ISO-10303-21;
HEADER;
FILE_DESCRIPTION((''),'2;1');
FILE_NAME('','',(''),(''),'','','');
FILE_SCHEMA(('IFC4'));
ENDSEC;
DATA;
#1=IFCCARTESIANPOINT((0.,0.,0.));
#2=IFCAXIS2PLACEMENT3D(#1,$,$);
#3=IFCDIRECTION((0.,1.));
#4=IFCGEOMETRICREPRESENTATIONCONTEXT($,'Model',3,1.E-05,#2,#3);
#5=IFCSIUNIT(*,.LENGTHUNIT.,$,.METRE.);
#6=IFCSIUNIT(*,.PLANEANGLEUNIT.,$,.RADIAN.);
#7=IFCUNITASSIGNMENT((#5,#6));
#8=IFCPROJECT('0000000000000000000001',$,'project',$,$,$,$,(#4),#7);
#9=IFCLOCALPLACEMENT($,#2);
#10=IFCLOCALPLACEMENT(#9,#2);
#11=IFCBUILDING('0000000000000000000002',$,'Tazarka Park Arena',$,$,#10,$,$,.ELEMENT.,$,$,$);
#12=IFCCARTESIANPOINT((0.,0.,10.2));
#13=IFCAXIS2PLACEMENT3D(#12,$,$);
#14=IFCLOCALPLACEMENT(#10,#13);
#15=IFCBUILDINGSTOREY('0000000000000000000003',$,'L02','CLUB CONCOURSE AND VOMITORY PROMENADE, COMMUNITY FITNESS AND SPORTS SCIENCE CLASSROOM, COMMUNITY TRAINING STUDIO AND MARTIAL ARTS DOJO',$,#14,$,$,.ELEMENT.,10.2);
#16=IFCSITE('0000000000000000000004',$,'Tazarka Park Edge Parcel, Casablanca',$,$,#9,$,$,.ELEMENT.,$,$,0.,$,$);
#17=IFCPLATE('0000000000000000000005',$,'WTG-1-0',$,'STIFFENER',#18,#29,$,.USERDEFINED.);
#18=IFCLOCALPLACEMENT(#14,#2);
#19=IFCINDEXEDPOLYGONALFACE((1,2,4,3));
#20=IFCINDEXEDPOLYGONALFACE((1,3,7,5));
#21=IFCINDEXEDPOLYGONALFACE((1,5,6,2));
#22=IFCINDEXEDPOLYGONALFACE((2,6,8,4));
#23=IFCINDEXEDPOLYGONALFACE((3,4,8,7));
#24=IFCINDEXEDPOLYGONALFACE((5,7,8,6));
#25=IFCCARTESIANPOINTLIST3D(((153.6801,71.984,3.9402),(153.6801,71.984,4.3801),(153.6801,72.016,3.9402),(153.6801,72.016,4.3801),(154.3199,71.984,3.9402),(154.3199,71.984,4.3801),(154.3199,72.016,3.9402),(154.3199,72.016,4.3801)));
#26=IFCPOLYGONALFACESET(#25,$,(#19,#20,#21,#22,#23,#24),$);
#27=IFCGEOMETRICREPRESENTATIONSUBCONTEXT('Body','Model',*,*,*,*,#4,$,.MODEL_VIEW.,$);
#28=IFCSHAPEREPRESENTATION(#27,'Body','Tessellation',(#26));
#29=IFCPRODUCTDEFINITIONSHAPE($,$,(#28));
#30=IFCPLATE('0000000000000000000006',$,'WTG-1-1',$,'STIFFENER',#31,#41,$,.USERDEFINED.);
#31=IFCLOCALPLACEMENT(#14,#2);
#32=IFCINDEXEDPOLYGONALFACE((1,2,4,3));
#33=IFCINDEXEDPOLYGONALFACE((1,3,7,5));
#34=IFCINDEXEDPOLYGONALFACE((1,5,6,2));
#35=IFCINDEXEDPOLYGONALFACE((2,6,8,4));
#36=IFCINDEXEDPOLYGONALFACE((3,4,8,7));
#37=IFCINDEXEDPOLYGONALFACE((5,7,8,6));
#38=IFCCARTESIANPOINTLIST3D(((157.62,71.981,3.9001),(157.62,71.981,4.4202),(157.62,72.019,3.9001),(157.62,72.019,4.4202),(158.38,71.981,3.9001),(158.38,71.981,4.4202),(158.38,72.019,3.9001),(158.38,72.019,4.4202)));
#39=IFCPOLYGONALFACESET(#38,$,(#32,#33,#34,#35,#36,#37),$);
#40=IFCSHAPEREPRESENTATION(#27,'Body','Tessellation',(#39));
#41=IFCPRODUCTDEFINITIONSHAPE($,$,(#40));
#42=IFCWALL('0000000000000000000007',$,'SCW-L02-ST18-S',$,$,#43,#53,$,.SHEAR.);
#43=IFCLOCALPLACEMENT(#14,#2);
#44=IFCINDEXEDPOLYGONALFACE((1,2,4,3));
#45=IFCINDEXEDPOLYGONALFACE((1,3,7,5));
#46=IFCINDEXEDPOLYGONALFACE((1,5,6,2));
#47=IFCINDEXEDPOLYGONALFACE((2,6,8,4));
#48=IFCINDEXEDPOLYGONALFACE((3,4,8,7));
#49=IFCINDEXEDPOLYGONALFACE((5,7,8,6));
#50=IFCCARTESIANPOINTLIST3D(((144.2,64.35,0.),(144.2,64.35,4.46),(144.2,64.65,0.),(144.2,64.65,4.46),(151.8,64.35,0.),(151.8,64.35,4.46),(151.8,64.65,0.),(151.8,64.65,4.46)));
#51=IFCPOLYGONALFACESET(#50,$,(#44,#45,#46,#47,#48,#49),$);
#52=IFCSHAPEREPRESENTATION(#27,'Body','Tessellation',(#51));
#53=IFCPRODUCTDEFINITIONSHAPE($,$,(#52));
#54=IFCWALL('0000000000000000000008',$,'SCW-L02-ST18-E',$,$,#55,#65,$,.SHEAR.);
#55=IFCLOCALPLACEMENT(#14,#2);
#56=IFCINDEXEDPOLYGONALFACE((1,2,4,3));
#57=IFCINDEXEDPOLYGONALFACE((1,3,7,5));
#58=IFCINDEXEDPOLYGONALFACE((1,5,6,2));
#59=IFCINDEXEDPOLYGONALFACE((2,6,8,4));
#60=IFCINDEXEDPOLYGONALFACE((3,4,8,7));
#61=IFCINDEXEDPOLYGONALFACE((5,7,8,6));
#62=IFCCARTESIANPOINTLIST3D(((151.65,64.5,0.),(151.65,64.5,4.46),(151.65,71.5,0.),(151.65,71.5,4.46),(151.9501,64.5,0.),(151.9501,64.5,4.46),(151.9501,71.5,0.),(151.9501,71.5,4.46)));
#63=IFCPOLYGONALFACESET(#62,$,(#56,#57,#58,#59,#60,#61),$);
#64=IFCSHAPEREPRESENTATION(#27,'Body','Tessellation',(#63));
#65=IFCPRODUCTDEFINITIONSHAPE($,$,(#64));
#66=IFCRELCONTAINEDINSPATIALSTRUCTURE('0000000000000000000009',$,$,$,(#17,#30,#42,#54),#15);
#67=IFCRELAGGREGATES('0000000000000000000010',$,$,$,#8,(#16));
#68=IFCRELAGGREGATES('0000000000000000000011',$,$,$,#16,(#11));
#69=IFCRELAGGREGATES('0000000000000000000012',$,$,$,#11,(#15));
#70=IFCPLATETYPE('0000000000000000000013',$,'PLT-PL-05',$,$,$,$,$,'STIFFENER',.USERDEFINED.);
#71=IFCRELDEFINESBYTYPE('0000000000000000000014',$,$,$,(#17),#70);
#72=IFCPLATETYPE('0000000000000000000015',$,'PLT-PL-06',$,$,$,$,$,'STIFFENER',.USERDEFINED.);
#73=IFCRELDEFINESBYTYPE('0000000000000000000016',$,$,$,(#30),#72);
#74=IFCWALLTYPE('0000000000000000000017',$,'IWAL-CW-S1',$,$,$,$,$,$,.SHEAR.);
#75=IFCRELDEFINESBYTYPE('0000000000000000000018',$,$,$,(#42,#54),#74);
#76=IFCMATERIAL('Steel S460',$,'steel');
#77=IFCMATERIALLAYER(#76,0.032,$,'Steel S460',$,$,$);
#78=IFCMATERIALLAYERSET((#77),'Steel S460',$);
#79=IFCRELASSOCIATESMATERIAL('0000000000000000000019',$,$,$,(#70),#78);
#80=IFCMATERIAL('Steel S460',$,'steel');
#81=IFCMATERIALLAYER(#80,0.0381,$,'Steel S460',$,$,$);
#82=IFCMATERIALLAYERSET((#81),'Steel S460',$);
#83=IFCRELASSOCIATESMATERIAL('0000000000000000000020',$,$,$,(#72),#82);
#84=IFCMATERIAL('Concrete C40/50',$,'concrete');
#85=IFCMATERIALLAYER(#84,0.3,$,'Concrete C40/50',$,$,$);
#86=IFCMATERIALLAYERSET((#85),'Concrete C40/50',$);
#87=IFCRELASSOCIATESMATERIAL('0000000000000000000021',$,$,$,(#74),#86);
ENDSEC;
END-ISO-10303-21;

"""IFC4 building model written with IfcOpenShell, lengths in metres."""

from ifc_helpers import new_model, si_unit, direction, frame, frame_2d, origin, origin_2d, place, context, subcontext, project, spatial, rectangle, extrude, material, layer, layer_set, type_object, element, save


model = new_model("IFC4")

# Units and contexts
model_context = context("Model", 3, precision=1e-05, world=origin(), true_north=direction((0.0, 1.0)))
body_context = subcontext(model_context, "Body", "Model", "MODEL_VIEW")
ifc_project = project(units=[si_unit("LENGTHUNIT", "METRE"), si_unit("PLANEANGLEUNIT", "RADIAN")], contexts=[model_context])

# Site, building, storey
site_placement = place(None, origin())
site = spatial("IfcSite", under=ifc_project, at=site_placement, Name="Tazarka Park Edge Parcel, Casablanca", CompositionType="ELEMENT", RefElevation=0.0)
building_placement = place(site_placement, origin())
building = spatial("IfcBuilding", under=site, at=building_placement, Name="Tazarka Park Arena", CompositionType="ELEMENT")
storey_placement = place(building_placement, frame((0.0, 0.0, 10.2)))
storey = spatial("IfcBuildingStorey", under=building, at=storey_placement, Name="L02", Description="CLUB CONCOURSE AND VOMITORY PROMENADE, COMMUNITY FITNESS AND SPORTS SCIENCE CLASSROOM, COMMUNITY TRAINING STUDIO AND MARTIAL ARTS DOJO", CompositionType="ELEMENT", Elevation=10.2)

# Plates
ifc_material_1 = material(Name="Steel S460", Category="steel")
ifc_layer_1 = layer(ifc_material_1, 0.032, Name="Steel S460")
ifc_layer_set_1 = layer_set([ifc_layer_1], Name="Steel S460")
plate_type_1 = type_object("IfcPlateType", Name="PLT-PL-05", ElementType="STIFFENER", PredefinedType="USERDEFINED", material=ifc_layer_set_1)
plate_1_placement = place(storey_placement, frame((154.0, 72.0, 3.9402), z_axis=(0.0, 0.0, 1.0), x_axis=(1.0, 0.0, 0.0)))
element("IfcPlate", 1, at=plate_1_placement, inside=storey, type_object=plate_type_1, Name="WTG-1-0", ObjectType="STIFFENER", PredefinedType="USERDEFINED", context=body_context, shape_type="SweptSolid", body=[
    extrude(rectangle(XDim=0.6399, YDim=0.032, at=origin_2d()), origin(), (0.0, 0.0, 1.0), 0.4399),
])
ifc_material_2 = material(Name="Steel S460", Category="steel")
ifc_layer_2 = layer(ifc_material_2, 0.0381, Name="Steel S460")
ifc_layer_set_2 = layer_set([ifc_layer_2], Name="Steel S460")
plate_type_2 = type_object("IfcPlateType", Name="PLT-PL-06", ElementType="STIFFENER", PredefinedType="USERDEFINED", material=ifc_layer_set_2)
plate_2_placement = place(storey_placement, frame((158.0, 72.0, 3.9001), z_axis=(0.0, 0.0, 1.0), x_axis=(1.0, 0.0, 0.0)))
element("IfcPlate", 2, at=plate_2_placement, inside=storey, type_object=plate_type_2, Name="WTG-1-1", ObjectType="STIFFENER", PredefinedType="USERDEFINED", context=body_context, shape_type="SweptSolid", body=[
    extrude(rectangle(XDim=0.76, YDim=0.0381, at=origin_2d()), origin(), (0.0, 0.0, 1.0), 0.52),
])

# Walls
ifc_material_3 = material(Name="Concrete C40/50", Category="concrete")
ifc_layer_3 = layer(ifc_material_3, 0.3, Name="Concrete C40/50")
ifc_layer_set_3 = layer_set([ifc_layer_3], Name="Concrete C40/50")
wall_type = type_object("IfcWallType", Name="IWAL-CW-S1", PredefinedType="SHEAR", material=ifc_layer_set_3)
wall_1_placement = place(storey_placement, frame((151.8, 64.5, 0.0), z_axis=(0.0, 0.0, 1.0), x_axis=(-1.0, 0.0, 0.0)))
element("IfcWall", 3, at=wall_1_placement, inside=storey, type_object=wall_type, Name="SCW-L02-ST18-S", PredefinedType="SHEAR", context=body_context, shape_type="SweptSolid", body=[
    extrude(rectangle(XDim=7.6001, YDim=0.3, at=frame_2d((3.8, 0.0))), origin(), (0.0, 0.0, 1.0), 4.46),
])
wall_2_placement = place(storey_placement, frame((151.8, 71.5, 0.0), z_axis=(0.0, 0.0, 1.0), x_axis=(0.0, -1.0, 0.0)))
element("IfcWall", 4, at=wall_2_placement, inside=storey, type_object=wall_type, Name="SCW-L02-ST18-E", PredefinedType="SHEAR", context=body_context, shape_type="SweptSolid", body=[
    extrude(rectangle(XDim=7.0, YDim=0.3, at=frame_2d((3.5, 0.0))), origin(), (0.0, 0.0, 1.0), 4.46),
])

save(model, "model.ifc")
